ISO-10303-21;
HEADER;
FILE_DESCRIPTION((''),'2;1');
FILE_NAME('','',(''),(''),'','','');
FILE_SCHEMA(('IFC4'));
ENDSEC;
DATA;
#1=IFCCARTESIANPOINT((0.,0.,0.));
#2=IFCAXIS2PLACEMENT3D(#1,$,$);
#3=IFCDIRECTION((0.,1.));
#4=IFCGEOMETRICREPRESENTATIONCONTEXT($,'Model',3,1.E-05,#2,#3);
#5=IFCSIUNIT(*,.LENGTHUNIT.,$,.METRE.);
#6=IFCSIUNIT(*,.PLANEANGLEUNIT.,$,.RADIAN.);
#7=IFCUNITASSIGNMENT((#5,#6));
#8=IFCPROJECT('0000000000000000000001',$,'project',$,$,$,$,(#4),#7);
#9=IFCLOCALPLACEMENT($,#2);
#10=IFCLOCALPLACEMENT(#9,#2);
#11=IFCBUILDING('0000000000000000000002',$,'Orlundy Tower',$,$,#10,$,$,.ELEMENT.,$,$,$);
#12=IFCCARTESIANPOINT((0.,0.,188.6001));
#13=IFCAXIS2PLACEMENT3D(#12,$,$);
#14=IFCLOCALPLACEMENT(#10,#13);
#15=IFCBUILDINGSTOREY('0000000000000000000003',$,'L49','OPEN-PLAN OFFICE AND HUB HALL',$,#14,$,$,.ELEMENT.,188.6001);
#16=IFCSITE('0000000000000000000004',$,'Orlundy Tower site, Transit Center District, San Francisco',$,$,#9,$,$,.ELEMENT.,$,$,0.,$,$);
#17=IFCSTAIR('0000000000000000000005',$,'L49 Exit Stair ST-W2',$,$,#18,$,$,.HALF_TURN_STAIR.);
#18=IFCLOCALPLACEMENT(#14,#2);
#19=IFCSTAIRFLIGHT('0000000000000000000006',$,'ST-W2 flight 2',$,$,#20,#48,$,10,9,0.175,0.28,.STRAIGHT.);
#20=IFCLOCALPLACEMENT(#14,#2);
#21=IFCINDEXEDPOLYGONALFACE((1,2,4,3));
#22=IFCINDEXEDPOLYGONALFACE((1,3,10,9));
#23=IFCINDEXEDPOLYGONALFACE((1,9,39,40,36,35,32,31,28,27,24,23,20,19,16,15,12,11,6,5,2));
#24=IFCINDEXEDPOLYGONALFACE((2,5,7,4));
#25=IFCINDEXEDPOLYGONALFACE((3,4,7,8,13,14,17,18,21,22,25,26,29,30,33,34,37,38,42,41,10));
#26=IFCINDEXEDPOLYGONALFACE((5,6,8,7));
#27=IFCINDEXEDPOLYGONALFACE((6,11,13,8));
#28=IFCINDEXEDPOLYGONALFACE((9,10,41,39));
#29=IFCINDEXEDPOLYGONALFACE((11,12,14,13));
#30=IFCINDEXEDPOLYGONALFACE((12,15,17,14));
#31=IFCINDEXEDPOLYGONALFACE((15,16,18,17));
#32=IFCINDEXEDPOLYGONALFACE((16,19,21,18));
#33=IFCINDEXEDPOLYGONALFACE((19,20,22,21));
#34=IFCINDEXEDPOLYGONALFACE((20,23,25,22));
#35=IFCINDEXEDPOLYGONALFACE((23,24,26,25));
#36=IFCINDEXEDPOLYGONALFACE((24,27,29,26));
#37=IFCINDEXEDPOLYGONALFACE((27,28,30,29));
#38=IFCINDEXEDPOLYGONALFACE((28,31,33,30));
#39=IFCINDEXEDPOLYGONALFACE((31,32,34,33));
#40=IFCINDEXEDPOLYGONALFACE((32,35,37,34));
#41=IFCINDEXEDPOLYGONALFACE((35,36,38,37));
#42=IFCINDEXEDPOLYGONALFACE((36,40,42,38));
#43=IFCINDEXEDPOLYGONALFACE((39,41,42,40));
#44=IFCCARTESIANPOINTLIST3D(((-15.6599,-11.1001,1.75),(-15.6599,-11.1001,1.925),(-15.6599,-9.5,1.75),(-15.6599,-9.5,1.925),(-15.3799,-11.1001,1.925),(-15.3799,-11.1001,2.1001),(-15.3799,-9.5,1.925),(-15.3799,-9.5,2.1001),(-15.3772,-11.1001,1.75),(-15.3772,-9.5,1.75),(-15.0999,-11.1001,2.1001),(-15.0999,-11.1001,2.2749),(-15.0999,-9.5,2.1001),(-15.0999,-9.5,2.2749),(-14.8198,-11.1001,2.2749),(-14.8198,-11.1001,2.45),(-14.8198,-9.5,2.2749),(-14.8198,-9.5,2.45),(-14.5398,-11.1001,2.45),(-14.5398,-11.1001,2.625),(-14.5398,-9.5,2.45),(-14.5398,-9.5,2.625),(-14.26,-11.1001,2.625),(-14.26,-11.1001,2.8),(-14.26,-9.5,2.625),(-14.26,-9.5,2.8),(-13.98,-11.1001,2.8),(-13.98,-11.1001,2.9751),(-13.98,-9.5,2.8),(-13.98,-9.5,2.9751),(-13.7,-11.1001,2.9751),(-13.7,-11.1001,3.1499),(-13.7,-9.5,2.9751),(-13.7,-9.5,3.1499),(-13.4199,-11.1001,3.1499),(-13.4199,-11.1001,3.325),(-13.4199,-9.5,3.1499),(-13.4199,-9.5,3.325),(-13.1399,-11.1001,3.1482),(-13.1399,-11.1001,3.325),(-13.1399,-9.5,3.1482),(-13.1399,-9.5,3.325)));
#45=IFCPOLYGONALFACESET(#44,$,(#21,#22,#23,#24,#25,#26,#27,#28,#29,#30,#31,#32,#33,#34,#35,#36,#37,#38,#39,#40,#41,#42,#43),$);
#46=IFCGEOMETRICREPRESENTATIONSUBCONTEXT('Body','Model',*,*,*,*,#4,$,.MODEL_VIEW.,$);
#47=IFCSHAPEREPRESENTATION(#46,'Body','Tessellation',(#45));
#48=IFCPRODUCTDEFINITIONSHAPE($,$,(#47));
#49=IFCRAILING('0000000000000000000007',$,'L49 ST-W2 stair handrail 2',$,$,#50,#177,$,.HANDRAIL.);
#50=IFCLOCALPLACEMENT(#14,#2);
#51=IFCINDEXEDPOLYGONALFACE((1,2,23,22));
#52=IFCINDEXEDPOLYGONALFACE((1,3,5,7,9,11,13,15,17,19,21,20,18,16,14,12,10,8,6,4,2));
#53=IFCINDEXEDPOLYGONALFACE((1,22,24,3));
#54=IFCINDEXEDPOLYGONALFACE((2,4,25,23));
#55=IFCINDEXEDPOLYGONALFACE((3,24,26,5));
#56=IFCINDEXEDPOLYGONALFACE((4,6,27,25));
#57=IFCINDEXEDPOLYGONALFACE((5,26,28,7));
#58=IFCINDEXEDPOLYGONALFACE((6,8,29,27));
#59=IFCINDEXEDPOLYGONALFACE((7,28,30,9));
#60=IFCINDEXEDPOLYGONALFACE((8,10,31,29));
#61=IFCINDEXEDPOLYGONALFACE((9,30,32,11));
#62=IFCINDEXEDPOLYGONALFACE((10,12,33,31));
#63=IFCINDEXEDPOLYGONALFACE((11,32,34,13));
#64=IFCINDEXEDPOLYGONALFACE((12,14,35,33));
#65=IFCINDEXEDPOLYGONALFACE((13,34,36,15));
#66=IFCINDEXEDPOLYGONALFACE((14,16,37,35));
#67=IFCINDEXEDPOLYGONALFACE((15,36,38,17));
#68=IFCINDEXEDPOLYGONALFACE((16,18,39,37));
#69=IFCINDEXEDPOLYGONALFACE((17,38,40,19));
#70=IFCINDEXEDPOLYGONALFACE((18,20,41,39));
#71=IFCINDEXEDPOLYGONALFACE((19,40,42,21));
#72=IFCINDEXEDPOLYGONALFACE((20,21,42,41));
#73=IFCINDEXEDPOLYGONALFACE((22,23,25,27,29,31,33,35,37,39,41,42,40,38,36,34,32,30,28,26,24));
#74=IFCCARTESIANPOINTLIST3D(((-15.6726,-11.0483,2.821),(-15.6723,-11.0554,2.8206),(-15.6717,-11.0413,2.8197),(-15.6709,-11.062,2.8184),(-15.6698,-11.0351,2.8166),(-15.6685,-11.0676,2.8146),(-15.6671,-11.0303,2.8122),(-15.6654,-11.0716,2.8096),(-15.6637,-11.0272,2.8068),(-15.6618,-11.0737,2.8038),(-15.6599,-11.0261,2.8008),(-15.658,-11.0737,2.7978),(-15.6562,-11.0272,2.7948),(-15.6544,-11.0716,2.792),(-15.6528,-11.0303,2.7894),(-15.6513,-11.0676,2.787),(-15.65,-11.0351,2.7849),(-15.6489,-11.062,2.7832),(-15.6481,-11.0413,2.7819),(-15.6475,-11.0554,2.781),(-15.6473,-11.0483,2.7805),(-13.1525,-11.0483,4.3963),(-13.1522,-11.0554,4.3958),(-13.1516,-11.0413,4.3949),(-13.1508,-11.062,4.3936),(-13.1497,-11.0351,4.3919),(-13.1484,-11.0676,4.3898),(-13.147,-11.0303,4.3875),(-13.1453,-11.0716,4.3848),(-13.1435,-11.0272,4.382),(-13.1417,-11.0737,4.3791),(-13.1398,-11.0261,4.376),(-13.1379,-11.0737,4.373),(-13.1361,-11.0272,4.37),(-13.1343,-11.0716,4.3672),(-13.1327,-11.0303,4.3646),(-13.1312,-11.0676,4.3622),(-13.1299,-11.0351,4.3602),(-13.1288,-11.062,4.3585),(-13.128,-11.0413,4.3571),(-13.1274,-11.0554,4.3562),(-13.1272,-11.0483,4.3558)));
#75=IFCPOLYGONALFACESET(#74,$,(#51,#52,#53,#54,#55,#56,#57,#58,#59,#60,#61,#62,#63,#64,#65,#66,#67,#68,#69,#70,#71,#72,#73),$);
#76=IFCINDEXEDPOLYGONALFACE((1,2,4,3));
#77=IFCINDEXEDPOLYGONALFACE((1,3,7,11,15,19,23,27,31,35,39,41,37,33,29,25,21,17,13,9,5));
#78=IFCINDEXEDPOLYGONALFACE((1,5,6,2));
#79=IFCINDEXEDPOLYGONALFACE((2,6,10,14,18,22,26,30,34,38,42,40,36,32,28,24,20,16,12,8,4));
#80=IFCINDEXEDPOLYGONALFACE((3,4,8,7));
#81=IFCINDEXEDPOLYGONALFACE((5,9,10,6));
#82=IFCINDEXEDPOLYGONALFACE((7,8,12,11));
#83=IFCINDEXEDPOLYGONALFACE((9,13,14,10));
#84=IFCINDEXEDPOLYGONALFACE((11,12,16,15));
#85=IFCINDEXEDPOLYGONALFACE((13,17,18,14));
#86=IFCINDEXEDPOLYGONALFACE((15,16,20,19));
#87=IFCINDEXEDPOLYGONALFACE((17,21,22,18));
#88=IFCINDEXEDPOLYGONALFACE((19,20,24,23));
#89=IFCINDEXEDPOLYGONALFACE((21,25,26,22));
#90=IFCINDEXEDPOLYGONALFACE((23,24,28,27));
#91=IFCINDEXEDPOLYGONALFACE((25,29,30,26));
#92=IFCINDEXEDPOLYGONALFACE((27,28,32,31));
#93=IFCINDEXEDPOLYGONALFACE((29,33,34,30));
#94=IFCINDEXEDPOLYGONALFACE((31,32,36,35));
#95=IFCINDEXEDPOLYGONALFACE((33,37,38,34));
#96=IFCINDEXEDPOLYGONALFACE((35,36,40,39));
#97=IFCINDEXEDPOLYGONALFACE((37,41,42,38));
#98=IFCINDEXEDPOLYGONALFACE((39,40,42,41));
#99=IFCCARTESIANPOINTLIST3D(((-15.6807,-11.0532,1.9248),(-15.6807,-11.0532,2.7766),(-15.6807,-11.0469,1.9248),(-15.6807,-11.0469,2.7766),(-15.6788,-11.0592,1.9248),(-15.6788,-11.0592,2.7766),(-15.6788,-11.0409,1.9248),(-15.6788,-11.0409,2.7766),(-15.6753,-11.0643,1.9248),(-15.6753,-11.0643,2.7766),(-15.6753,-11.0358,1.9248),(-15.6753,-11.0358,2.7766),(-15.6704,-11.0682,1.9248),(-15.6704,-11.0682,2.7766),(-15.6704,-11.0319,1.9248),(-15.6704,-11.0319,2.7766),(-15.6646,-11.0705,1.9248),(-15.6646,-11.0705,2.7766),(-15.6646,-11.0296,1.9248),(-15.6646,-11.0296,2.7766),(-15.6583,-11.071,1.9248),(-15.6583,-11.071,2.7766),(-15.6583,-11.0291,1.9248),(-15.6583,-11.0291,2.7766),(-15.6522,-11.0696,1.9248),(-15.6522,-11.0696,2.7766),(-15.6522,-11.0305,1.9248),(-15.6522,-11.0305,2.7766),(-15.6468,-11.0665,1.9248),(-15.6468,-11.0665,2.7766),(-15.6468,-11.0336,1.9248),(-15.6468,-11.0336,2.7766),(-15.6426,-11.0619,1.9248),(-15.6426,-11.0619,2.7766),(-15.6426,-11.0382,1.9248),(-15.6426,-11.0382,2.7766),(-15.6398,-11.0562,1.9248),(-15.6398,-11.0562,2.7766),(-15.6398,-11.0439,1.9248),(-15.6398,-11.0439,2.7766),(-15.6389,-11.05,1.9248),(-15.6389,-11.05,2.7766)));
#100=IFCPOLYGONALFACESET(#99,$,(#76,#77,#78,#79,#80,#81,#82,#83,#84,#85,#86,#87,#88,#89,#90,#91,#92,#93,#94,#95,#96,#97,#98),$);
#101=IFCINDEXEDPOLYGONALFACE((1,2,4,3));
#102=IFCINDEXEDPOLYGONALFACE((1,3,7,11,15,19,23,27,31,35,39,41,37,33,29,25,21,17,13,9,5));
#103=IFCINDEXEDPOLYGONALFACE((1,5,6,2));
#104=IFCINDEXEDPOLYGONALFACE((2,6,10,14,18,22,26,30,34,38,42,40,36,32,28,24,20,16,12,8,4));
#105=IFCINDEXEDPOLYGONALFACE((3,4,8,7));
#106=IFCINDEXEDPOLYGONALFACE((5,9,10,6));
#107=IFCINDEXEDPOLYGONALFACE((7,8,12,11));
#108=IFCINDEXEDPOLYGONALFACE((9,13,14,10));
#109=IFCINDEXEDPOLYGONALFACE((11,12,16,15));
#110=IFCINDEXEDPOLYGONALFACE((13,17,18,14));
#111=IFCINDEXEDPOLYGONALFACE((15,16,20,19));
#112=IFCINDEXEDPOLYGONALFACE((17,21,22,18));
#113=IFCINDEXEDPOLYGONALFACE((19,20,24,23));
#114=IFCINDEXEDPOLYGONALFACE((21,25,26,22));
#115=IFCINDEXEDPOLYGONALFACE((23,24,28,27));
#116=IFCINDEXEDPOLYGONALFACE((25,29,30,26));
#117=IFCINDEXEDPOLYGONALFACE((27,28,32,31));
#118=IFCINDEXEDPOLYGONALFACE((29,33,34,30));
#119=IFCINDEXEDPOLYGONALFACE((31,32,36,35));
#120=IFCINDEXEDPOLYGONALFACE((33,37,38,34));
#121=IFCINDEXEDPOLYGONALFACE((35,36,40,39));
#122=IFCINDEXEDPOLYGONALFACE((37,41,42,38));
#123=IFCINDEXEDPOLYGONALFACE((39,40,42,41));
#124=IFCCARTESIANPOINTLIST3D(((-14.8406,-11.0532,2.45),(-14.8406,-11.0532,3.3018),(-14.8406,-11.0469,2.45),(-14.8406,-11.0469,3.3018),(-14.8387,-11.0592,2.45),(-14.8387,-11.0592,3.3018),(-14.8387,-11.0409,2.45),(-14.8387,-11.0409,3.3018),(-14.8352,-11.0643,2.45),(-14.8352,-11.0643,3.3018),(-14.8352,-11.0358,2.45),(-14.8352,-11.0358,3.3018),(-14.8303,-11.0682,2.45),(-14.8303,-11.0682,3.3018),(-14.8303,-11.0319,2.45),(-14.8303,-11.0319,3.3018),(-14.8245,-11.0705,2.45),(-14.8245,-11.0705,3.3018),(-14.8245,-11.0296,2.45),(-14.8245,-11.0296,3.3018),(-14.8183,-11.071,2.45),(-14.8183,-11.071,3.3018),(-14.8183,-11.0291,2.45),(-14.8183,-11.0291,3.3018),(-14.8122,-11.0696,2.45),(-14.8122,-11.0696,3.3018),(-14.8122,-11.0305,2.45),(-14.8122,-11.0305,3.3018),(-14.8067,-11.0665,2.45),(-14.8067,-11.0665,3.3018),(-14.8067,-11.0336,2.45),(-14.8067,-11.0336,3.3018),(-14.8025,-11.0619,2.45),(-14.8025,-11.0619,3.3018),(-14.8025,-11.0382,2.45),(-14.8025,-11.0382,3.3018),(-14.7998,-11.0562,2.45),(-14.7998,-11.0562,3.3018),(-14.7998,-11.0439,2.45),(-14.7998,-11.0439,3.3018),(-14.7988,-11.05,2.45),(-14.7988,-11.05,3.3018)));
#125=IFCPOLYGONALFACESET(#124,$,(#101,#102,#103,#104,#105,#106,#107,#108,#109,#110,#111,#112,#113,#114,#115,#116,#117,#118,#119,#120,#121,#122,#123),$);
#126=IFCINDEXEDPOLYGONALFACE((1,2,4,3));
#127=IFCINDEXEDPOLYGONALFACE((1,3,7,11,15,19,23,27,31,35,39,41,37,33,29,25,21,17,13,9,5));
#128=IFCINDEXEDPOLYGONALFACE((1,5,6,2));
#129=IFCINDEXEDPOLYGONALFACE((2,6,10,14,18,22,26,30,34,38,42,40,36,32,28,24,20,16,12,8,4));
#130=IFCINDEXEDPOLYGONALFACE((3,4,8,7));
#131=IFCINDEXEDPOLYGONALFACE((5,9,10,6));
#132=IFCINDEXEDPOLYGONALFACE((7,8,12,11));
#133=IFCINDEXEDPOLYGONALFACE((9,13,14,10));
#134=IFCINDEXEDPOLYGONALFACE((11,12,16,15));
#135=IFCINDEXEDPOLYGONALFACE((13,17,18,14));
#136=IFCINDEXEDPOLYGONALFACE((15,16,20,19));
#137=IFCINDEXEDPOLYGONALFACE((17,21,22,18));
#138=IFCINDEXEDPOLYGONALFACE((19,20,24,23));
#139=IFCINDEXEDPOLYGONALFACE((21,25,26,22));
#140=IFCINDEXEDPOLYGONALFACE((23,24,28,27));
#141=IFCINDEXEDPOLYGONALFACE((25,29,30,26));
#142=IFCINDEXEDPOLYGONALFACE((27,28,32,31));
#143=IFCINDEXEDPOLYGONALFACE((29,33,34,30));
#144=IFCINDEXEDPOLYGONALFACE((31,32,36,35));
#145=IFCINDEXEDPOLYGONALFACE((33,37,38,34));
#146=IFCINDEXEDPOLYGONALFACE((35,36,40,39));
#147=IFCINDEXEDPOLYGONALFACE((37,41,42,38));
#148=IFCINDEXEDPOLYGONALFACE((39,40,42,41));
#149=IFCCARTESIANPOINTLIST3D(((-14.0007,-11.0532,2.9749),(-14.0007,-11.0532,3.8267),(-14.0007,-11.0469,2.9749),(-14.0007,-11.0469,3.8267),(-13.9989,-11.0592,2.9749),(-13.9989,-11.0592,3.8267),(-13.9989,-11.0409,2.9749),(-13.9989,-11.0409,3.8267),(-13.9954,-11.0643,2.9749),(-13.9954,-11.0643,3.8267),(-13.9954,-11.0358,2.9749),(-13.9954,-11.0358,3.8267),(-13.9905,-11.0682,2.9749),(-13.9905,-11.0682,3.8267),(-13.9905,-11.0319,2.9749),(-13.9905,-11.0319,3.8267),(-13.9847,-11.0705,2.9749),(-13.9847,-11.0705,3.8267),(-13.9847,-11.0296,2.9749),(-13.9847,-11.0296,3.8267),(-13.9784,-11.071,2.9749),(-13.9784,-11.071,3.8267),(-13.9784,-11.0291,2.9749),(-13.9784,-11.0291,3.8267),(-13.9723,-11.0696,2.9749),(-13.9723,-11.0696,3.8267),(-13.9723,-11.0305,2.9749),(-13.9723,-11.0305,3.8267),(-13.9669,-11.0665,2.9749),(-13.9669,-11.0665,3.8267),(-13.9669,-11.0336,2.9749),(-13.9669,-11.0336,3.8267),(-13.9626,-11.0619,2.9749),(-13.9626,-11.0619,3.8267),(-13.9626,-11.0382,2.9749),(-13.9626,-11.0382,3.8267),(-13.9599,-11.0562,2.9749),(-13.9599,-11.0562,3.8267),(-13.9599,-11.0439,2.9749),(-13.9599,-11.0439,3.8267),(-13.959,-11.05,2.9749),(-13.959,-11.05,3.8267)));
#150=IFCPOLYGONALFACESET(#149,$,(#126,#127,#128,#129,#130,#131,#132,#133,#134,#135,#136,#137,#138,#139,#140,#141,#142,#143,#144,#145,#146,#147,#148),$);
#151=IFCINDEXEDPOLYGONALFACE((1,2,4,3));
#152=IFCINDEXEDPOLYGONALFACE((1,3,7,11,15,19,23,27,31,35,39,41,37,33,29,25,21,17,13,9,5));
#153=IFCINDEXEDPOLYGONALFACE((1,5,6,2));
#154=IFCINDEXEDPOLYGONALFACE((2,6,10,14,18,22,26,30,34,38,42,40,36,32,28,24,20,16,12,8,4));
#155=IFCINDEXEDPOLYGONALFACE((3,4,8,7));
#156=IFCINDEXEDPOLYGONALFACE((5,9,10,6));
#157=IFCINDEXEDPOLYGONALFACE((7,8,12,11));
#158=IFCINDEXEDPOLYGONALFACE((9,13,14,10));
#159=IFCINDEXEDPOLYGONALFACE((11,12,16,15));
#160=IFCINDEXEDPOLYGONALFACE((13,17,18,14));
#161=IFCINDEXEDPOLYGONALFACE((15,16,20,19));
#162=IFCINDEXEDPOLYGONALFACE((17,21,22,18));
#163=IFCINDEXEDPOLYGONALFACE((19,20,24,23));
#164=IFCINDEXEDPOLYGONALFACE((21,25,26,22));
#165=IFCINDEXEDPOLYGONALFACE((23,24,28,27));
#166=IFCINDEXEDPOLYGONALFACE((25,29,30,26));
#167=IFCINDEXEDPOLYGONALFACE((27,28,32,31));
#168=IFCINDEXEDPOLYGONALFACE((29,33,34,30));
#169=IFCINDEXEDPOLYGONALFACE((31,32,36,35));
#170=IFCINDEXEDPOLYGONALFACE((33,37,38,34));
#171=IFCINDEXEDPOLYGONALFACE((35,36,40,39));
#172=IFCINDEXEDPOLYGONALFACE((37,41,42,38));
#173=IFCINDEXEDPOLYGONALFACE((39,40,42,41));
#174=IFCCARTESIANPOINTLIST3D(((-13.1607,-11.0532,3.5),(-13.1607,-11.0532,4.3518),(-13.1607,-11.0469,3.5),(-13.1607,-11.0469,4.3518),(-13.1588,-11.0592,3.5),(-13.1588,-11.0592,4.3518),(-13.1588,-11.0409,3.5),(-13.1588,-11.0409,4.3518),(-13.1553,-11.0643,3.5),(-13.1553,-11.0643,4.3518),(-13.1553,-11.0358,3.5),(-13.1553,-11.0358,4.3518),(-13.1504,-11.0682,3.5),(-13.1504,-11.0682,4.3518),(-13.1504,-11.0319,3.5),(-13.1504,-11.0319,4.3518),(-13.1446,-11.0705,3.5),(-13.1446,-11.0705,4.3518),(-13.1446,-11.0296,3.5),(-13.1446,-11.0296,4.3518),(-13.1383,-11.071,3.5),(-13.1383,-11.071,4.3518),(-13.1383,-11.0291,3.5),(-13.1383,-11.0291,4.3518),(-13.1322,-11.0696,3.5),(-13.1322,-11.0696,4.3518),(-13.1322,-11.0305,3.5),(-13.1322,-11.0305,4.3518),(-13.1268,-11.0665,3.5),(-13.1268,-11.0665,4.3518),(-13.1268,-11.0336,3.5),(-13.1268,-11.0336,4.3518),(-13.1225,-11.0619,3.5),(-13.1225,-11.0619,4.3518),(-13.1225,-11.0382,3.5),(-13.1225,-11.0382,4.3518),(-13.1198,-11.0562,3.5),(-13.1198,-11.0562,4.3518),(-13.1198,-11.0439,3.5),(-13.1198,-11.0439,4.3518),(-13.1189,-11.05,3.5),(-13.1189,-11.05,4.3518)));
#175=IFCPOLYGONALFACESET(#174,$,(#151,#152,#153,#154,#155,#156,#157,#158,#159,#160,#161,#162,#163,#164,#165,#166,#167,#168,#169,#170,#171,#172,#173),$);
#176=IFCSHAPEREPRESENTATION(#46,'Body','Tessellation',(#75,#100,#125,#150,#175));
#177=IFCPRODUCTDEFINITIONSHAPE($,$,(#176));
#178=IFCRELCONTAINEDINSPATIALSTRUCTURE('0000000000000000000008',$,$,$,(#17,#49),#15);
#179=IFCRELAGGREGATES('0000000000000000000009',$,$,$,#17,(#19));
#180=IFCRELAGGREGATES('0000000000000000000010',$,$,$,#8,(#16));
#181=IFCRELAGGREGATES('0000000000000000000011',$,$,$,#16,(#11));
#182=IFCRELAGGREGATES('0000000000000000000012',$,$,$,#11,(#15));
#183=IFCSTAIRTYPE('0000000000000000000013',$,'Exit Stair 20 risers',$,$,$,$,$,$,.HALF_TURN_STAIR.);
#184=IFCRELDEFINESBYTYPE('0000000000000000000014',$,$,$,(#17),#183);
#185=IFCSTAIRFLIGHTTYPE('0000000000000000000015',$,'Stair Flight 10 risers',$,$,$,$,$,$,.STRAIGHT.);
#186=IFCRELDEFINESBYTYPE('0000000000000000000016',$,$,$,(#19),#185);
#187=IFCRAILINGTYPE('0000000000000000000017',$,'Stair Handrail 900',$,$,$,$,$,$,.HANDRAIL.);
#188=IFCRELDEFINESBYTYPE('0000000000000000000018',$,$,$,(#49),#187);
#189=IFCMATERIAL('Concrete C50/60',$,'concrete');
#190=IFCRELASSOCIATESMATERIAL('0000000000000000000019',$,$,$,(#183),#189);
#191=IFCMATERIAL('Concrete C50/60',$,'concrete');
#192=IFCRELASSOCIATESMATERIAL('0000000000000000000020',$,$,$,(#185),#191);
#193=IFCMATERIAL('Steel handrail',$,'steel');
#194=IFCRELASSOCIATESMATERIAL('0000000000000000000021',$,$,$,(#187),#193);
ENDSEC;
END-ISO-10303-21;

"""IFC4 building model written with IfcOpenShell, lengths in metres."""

from ifc_helpers import new_model, si_unit, direction, frame, origin, origin_2d, place, context, subcontext, project, spatial, polyline, circle, outline, extrude, material, type_object, element, aggregate, save


model = new_model("IFC4")

# Units and contexts
model_context = context("Model", 3, precision=1e-05, world=origin(), true_north=direction((0.0, 1.0)))
body_context = subcontext(model_context, "Body", "Model", "MODEL_VIEW")
ifc_project = project(units=[si_unit("LENGTHUNIT", "METRE"), si_unit("PLANEANGLEUNIT", "RADIAN")], contexts=[model_context])

# Site, building, storey
site_placement = place(None, origin())
site = spatial("IfcSite", under=ifc_project, at=site_placement, Name="Orlundy Tower site, Transit Center District, San Francisco", CompositionType="ELEMENT", RefElevation=0.0)
building_placement = place(site_placement, origin())
building = spatial("IfcBuilding", under=site, at=building_placement, Name="Orlundy Tower", CompositionType="ELEMENT")
storey_placement = place(building_placement, frame((0.0, 0.0, 188.6001)))
storey = spatial("IfcBuildingStorey", under=building, at=storey_placement, Name="L49", Description="OPEN-PLAN OFFICE AND HUB HALL", CompositionType="ELEMENT", Elevation=188.6001)

# Stair, stair flight
ifc_material_1 = material(Name="Concrete C50/60", Category="concrete")
stair_type = type_object("IfcStairType", Name="Exit Stair 20 risers", PredefinedType="HALF_TURN_STAIR", material=ifc_material_1)
stair_placement = place(storey_placement, origin())
stair = element("IfcStair", 1, at=stair_placement, inside=storey, type_object=stair_type, Name="L49 Exit Stair ST-W2", PredefinedType="HALF_TURN_STAIR")
ifc_material_2 = material(Name="Concrete C50/60", Category="concrete")
stair_flight_type = type_object("IfcStairFlightType", Name="Stair Flight 10 risers", PredefinedType="STRAIGHT", material=ifc_material_2)
stair_flight_1_placement = place(storey_placement, frame((-15.6599, -10.3, 1.75), z_axis=(0.0, 0.0, 1.0), x_axis=(1.0, 0.0, 0.0)))
stair_flight_1 = element("IfcStairFlight", 2, at=stair_flight_1_placement, type_object=stair_flight_type, Name="ST-W2 flight 2", NumberOfRisers=10, NumberOfTreads=9, PredefinedType="STRAIGHT", RiserHeight=0.175, TreadLength=0.28, context=body_context, shape_type="SweptSolid", body=[
    extrude(outline(polyline([(0.0, 0.0), (0.0, 0.175), (0.28, 0.175), (0.28, 0.3501), (0.5601, 0.3501), (0.5601, 0.5249), (0.8401, 0.5249), (0.8401, 0.7), (1.1201, 0.7), (1.1201, 0.875), (1.3999, 0.875), (1.3999, 1.05), (1.6799, 1.05), (1.6799, 1.2251), (1.96, 1.2251), (1.96, 1.3999), (2.24, 1.3999), (2.24, 1.575), (2.52, 1.575), (2.52, 1.75), (2.52, 1.3982), (0.2827, 0.0), (0.0, 0.0)])), frame((0.0, 0.8, 0.0), z_axis=(0.0, -1.0, 0.0), x_axis=(1.0, 0.0, 0.0)), (0.0, 0.0, 1.0), 1.6001),
])
aggregate(stair, [stair_flight_1])

# Railing
ifc_material_3 = material(Name="Steel handrail", Category="steel")
railing_type_1 = type_object("IfcRailingType", Name="Stair Handrail 900", PredefinedType="HANDRAIL", material=ifc_material_3)
railing_1_placement = place(storey_placement, frame((-15.6599, -11.05, 1.9248)))
element("IfcRailing", 3, at=railing_1_placement, inside=storey, type_object=railing_type_1, Name="L49 ST-W2 stair handrail 2", PredefinedType="HANDRAIL", context=body_context, shape_type="SweptSolid", body=[
    extrude(circle(Radius=0.0239, at=origin_2d()), frame((0.0, 0.0, 0.876), z_axis=(0.847971, 0.0, 0.530043), x_axis=(0.0, 1.0, 0.0)), (0.0, 0.0, 1.0), 2.9719),
    extrude(circle(Radius=0.021, at=origin_2d()), origin(), (0.0, 0.0, 1.0), 0.8518),
    extrude(circle(Radius=0.021, at=origin_2d()), frame((0.8401, 0.0, 0.5251)), (0.0, 0.0, 1.0), 0.8518),
    extrude(circle(Radius=0.021, at=origin_2d()), frame((1.6799, 0.0, 1.05)), (0.0, 0.0, 1.0), 0.8518),
    extrude(circle(Radius=0.021, at=origin_2d()), frame((2.52, 0.0, 1.5752)), (0.0, 0.0, 1.0), 0.8518),
])

save(model, "model.ifc")
